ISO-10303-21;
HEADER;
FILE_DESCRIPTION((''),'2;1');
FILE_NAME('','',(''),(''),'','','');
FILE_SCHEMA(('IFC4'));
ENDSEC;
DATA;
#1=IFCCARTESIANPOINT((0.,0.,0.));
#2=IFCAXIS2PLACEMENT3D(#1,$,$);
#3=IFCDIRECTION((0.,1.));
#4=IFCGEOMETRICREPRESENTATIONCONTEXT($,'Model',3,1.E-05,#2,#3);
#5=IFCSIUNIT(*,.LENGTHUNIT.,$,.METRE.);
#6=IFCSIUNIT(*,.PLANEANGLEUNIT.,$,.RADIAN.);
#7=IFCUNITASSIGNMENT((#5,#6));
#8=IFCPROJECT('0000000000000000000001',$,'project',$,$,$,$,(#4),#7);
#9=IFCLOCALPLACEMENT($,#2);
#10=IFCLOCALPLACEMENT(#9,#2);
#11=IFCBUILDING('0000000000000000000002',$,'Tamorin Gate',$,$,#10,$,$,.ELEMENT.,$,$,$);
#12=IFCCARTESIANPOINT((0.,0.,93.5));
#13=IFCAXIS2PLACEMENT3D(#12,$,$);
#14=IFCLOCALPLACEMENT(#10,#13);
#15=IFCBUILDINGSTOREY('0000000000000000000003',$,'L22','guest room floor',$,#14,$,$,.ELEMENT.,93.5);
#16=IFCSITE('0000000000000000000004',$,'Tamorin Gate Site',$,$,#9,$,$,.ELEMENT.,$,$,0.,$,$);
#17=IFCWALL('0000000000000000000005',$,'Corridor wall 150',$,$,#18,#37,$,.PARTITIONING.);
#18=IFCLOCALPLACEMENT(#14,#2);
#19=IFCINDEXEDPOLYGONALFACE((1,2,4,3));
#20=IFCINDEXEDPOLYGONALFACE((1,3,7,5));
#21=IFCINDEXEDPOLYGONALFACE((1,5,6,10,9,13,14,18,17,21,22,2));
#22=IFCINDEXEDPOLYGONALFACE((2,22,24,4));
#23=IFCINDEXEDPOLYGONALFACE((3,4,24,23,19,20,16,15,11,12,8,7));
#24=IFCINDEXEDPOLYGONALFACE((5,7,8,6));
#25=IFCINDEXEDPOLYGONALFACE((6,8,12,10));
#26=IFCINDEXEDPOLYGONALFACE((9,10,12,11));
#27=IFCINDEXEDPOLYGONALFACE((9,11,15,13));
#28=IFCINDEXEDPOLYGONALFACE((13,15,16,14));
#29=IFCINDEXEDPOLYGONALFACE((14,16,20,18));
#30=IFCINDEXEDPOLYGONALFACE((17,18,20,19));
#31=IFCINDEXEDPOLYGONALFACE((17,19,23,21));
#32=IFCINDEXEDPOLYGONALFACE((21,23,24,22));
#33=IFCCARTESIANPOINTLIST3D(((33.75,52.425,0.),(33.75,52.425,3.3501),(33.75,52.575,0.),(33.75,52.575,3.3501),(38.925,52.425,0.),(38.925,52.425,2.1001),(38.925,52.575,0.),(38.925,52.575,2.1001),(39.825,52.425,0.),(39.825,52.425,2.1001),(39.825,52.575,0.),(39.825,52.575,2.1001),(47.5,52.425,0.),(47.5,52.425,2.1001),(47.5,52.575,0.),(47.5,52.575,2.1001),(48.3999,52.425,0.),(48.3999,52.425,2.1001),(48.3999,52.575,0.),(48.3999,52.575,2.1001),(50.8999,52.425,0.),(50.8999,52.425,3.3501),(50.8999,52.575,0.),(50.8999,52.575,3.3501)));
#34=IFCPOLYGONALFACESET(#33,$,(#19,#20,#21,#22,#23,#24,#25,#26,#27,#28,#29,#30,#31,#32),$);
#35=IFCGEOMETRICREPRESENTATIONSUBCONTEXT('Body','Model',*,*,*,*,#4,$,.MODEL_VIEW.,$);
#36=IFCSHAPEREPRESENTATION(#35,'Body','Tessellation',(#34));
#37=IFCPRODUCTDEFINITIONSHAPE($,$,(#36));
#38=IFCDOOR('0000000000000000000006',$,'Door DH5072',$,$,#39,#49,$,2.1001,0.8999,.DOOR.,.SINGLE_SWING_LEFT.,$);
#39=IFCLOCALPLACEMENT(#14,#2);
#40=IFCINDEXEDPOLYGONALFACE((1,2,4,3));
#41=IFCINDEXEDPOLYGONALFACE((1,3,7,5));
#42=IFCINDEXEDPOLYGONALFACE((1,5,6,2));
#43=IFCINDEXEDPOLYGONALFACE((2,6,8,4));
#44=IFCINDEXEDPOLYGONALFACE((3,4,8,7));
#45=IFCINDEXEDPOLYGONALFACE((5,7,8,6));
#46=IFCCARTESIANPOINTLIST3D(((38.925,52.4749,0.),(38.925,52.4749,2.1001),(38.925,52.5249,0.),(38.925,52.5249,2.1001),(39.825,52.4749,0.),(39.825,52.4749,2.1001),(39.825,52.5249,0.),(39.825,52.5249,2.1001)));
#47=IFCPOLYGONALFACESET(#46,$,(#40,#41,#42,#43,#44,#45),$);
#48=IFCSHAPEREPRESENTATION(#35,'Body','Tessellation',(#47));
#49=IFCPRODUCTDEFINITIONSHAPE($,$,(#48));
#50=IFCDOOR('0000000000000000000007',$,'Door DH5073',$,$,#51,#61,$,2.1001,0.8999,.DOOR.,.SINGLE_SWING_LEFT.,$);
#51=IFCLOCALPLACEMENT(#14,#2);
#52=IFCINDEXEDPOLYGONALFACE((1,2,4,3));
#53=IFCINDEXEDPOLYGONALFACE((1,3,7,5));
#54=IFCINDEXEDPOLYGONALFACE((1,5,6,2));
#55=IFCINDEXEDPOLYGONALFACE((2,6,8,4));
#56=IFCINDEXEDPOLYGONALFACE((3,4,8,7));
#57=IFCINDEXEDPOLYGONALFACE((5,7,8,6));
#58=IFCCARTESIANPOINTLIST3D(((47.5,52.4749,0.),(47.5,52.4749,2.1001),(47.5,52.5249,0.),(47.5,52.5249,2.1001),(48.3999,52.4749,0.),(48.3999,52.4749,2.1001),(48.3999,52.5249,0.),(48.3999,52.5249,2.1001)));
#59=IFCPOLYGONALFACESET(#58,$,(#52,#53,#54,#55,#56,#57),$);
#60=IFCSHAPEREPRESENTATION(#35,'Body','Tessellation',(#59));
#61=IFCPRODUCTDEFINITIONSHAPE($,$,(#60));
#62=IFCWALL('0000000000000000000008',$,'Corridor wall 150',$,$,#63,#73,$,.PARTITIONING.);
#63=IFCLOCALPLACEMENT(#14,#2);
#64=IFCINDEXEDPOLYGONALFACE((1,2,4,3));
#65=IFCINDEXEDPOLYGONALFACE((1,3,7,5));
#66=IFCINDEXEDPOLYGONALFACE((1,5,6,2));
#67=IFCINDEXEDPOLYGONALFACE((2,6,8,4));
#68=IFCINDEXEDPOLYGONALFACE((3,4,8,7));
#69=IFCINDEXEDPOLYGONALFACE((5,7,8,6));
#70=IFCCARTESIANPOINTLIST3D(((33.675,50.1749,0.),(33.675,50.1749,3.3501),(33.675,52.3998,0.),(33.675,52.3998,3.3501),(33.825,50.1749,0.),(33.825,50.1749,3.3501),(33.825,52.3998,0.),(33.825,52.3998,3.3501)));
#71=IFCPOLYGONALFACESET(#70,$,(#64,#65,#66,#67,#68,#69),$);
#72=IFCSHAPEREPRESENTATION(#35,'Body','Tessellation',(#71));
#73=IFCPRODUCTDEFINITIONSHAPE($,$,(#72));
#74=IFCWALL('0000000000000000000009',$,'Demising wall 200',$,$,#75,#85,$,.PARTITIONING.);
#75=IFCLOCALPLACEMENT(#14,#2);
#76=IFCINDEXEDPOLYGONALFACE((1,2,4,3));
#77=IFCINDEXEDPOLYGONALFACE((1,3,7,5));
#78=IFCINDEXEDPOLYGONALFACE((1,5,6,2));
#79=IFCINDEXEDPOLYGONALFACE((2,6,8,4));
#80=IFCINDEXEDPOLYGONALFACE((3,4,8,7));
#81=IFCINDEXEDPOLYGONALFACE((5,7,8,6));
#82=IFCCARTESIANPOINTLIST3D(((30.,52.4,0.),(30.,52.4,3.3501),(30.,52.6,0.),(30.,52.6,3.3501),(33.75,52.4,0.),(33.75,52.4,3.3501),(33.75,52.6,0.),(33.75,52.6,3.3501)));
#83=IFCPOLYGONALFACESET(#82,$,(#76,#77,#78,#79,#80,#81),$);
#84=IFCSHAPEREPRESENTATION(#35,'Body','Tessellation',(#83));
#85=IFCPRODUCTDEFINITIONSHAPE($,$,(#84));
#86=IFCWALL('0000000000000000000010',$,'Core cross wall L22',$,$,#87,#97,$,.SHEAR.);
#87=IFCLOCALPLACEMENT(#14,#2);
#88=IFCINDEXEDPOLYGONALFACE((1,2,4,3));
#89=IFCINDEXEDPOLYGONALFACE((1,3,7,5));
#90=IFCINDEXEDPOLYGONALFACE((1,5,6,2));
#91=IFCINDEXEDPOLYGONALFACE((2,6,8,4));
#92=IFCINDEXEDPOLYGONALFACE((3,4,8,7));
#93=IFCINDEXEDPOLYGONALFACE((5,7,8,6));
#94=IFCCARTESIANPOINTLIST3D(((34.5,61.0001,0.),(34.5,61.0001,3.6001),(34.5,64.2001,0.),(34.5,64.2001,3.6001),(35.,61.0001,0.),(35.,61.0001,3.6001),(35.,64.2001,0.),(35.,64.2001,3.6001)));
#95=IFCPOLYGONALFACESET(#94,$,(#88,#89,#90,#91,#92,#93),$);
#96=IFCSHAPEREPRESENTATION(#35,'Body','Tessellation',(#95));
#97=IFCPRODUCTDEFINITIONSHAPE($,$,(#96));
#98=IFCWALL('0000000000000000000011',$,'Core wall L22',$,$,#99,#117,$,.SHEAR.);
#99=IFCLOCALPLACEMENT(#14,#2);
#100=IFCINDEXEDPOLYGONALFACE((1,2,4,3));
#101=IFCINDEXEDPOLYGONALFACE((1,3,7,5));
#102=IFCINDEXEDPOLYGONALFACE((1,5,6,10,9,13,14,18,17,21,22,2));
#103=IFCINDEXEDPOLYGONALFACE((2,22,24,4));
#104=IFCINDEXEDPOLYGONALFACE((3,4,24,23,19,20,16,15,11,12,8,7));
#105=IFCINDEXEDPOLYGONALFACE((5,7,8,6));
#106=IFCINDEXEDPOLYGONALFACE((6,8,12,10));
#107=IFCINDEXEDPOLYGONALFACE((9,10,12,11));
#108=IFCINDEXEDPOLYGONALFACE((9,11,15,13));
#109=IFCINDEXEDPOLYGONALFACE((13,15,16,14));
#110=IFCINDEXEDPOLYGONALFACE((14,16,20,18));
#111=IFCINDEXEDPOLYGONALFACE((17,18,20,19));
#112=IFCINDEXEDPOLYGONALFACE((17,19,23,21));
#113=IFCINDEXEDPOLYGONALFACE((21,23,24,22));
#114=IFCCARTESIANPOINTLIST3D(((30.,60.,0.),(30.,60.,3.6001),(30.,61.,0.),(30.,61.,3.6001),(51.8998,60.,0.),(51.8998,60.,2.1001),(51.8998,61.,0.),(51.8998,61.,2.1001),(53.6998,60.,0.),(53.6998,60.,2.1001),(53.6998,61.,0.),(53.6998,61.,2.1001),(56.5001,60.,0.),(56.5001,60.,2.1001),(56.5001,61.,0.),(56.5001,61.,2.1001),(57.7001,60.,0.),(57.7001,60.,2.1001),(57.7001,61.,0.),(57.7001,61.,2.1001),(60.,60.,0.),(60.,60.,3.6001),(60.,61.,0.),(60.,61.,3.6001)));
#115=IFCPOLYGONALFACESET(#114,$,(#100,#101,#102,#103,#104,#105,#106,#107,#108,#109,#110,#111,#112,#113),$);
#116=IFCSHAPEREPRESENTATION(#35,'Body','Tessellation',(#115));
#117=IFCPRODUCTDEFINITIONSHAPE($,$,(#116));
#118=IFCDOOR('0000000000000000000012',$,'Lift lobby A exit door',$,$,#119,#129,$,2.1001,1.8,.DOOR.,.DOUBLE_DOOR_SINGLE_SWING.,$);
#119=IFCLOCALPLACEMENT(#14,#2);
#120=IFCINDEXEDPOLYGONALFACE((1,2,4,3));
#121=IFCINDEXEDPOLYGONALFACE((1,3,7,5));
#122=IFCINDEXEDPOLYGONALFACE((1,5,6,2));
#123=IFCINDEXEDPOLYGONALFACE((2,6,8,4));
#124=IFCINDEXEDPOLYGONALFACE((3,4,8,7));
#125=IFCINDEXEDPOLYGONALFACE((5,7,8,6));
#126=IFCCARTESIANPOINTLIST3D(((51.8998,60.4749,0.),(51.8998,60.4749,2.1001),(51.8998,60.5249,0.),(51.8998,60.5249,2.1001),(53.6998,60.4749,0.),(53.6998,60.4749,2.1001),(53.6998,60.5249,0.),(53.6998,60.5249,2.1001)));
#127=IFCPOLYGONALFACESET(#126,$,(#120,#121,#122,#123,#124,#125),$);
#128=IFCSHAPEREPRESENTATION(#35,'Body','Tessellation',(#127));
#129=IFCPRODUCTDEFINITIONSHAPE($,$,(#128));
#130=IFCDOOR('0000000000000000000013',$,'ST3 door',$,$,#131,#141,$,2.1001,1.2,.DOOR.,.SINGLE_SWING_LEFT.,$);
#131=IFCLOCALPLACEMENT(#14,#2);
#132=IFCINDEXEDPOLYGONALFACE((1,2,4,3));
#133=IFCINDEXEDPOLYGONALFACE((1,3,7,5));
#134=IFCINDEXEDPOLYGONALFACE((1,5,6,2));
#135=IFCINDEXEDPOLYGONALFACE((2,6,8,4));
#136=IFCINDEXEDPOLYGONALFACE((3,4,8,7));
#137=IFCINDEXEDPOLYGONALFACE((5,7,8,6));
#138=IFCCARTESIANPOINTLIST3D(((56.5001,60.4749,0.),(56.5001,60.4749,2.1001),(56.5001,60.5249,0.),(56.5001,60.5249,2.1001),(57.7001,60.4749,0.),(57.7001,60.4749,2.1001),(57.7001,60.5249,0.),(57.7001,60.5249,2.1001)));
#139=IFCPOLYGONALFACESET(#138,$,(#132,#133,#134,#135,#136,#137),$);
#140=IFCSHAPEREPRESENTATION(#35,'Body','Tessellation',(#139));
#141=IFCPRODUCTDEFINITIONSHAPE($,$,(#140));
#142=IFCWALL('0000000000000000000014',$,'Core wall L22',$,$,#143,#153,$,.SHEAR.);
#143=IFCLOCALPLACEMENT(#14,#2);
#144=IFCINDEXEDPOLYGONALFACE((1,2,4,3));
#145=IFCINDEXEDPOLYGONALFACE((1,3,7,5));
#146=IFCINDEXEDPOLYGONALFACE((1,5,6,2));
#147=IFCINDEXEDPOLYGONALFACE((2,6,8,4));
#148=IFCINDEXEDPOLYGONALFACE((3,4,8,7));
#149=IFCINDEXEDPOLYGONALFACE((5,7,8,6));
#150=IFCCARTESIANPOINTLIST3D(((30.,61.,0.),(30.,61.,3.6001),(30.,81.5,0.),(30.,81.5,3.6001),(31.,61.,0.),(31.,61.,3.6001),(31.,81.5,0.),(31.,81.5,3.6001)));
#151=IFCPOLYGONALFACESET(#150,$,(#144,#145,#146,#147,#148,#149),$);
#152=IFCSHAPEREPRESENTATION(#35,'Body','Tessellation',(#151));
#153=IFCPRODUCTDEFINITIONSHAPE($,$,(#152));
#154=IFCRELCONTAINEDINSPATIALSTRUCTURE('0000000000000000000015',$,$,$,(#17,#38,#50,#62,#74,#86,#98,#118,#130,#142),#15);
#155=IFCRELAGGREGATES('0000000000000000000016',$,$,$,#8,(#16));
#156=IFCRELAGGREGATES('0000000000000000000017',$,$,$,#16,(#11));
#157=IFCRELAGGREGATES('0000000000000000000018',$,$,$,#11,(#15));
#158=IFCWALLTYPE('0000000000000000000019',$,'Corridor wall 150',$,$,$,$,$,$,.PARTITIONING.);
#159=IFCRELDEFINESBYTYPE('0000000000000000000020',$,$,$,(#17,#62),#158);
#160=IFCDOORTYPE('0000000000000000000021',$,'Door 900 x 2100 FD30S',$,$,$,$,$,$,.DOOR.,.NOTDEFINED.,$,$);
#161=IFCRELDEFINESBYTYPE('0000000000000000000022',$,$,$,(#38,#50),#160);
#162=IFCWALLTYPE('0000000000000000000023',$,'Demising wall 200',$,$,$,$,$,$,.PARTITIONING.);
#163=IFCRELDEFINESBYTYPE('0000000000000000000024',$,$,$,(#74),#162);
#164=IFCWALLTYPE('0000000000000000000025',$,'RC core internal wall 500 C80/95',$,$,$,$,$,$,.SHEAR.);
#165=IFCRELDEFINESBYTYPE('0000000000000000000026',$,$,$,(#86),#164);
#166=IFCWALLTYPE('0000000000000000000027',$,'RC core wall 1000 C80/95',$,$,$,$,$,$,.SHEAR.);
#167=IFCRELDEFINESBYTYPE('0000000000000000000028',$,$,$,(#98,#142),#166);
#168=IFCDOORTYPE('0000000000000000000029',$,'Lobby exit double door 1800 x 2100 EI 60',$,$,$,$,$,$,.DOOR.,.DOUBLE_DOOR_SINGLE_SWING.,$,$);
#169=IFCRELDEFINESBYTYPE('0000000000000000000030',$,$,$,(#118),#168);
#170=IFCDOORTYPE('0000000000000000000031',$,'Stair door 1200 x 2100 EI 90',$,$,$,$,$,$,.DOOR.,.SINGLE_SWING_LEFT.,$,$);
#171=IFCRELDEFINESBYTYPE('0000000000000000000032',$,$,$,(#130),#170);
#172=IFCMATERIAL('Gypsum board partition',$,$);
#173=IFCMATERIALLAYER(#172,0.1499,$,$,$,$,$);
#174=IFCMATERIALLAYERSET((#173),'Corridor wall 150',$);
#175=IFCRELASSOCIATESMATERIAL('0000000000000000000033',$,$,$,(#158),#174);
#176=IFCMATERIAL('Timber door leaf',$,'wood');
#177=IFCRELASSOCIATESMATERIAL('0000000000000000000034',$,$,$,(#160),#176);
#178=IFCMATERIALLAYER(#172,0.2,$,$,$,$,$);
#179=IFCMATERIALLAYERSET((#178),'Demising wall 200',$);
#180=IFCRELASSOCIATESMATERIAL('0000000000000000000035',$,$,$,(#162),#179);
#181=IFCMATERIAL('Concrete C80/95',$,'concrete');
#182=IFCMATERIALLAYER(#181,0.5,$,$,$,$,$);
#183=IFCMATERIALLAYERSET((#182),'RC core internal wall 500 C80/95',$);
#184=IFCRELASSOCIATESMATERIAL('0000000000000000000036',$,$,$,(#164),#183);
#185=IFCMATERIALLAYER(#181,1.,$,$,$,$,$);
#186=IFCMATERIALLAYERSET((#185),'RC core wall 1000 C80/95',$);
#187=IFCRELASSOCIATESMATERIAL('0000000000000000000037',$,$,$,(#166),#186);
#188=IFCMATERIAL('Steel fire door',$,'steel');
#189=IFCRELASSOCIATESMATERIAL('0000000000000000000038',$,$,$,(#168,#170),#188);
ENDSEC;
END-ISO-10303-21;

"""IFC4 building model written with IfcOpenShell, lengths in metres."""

from ifc_helpers import new_model, si_unit, direction, frame, frame_2d, origin, place, context, subcontext, project, spatial, rectangle, extrude, material, layer, layer_set, type_object, element, fill, save


model = new_model("IFC4")

# Units and contexts
model_context = context("Model", 3, precision=1e-05, world=origin(), true_north=direction((0.0, 1.0)))
body_context = subcontext(model_context, "Body", "Model", "MODEL_VIEW")
ifc_project = project(units=[si_unit("LENGTHUNIT", "METRE"), si_unit("PLANEANGLEUNIT", "RADIAN")], contexts=[model_context])

# Site, building, storey
site_placement = place(None, origin())
site = spatial("IfcSite", under=ifc_project, at=site_placement, Name="Tamorin Gate Site", CompositionType="ELEMENT", RefElevation=0.0)
building_placement = place(site_placement, origin())
building = spatial("IfcBuilding", under=site, at=building_placement, Name="Tamorin Gate", CompositionType="ELEMENT")
storey_placement = place(building_placement, frame((0.0, 0.0, 93.5)))
storey = spatial("IfcBuildingStorey", under=building, at=storey_placement, Name="L22", Description="guest room floor", CompositionType="ELEMENT", Elevation=93.5)

# Shared definitions
ifc_material_1 = material(Name="Concrete C80/95", Category="concrete")

# Wall, openings, doors
ifc_material_2 = material(Name="Gypsum board partition")
ifc_layer_1 = layer(ifc_material_2, 0.1499)
ifc_layer_set_1 = layer_set([ifc_layer_1], Name="Corridor wall 150")
wall_type_1 = type_object("IfcWallType", Name="Corridor wall 150", PredefinedType="PARTITIONING", material=ifc_layer_set_1)
ifc_material_3 = material(Name="Timber door leaf", Category="wood")
door_type_1 = type_object("IfcDoorType", Name="Door 900 x 2100 FD30S", OperationType="NOTDEFINED", PredefinedType="DOOR", material=ifc_material_3)
wall_1_placement = place(storey_placement, frame((33.75, 52.5, 0.0), z_axis=(0.0, 0.0, 1.0), x_axis=(1.0, 0.0, 0.0)))
wall_1 = element("IfcWall", 1, at=wall_1_placement, inside=storey, type_object=wall_type_1, Name="Corridor wall 150", PredefinedType="PARTITIONING", context=body_context, shape_type="SweptSolid", body=[
    extrude(rectangle(XDim=17.1499, YDim=0.1499, at=frame_2d((8.575, 0.0))), origin(), (0.0, 0.0, 1.0), 3.3501),
])
opening_1_placement = place(wall_1_placement, frame((5.175, 0.0, 0.0)))
opening_1 = element("IfcOpeningElement", 2, at=opening_1_placement, cuts=wall_1, PredefinedType="OPENING", context=body_context, shape_type="SweptSolid", body=[
    extrude(rectangle(XDim=0.8999, YDim=2.1001, at=frame_2d((0.45, 1.05))), frame((0.0, 0.085, 0.0), z_axis=(0.0, -1.0, 0.0), x_axis=(1.0, 0.0, 0.0)), (0.0, 0.0, 1.0), 0.1699),
])
opening_2_placement = place(wall_1_placement, frame((13.75, 0.0, 0.0)))
opening_2 = element("IfcOpeningElement", 3, at=opening_2_placement, cuts=wall_1, PredefinedType="OPENING", context=body_context, shape_type="SweptSolid", body=[
    extrude(rectangle(XDim=0.8999, YDim=2.1001, at=frame_2d((0.45, 1.05))), frame((0.0, 0.085, 0.0), z_axis=(0.0, -1.0, 0.0), x_axis=(1.0, 0.0, 0.0)), (0.0, 0.0, 1.0), 0.1699),
])
door_1_placement = place(opening_1_placement, origin())
door_1 = element("IfcDoor", 4, at=door_1_placement, inside=storey, type_object=door_type_1, Name="Door DH5072", OperationType="SINGLE_SWING_LEFT", OverallHeight=2.1001, OverallWidth=0.8999, PredefinedType="DOOR", context=body_context, shape_type="SweptSolid", body=[
    extrude(rectangle(XDim=0.8999, YDim=2.1001, at=frame_2d((0.45, 1.05))), frame((0.0, 0.0249, 0.0), z_axis=(0.0, -1.0, 0.0), x_axis=(1.0, 0.0, 0.0)), (0.0, 0.0, 1.0), 0.05),
])
fill(opening_1, door_1)
door_2_placement = place(opening_2_placement, origin())
door_2 = element("IfcDoor", 5, at=door_2_placement, inside=storey, type_object=door_type_1, Name="Door DH5073", OperationType="SINGLE_SWING_LEFT", OverallHeight=2.1001, OverallWidth=0.8999, PredefinedType="DOOR", context=body_context, shape_type="SweptSolid", body=[
    extrude(rectangle(XDim=0.8999, YDim=2.1001, at=frame_2d((0.45, 1.05))), frame((0.0, 0.0249, 0.0), z_axis=(0.0, -1.0, 0.0), x_axis=(1.0, 0.0, 0.0)), (0.0, 0.0, 1.0), 0.05),
])
fill(opening_2, door_2)

# Walls
wall_2_placement = place(storey_placement, frame((33.75, 50.175, 0.0), z_axis=(0.0, 0.0, 1.0), x_axis=(0.0, 1.0, 0.0)))
element("IfcWall", 6, at=wall_2_placement, inside=storey, type_object=wall_type_1, Name="Corridor wall 150", PredefinedType="PARTITIONING", context=body_context, shape_type="SweptSolid", body=[
    extrude(rectangle(XDim=2.2249, YDim=0.1499, at=frame_2d((1.1123, 0.0))), origin(), (0.0, 0.0, 1.0), 3.3501),
])
ifc_layer_2 = layer(ifc_material_2, 0.2)
ifc_layer_set_2 = layer_set([ifc_layer_2], Name="Demising wall 200")
wall_type_2 = type_object("IfcWallType", Name="Demising wall 200", PredefinedType="PARTITIONING", material=ifc_layer_set_2)
wall_3_placement = place(storey_placement, frame((30.0, 52.5, 0.0), z_axis=(0.0, 0.0, 1.0), x_axis=(1.0, 0.0, 0.0)))
element("IfcWall", 7, at=wall_3_placement, inside=storey, type_object=wall_type_2, Name="Demising wall 200", PredefinedType="PARTITIONING", context=body_context, shape_type="SweptSolid", body=[
    extrude(rectangle(XDim=3.75, YDim=0.2, at=frame_2d((1.875, 0.0))), origin(), (0.0, 0.0, 1.0), 3.3501),
])
ifc_layer_3 = layer(ifc_material_1, 0.5)
ifc_layer_set_3 = layer_set([ifc_layer_3], Name="RC core internal wall 500 C80/95")
wall_type_3 = type_object("IfcWallType", Name="RC core internal wall 500 C80/95", PredefinedType="SHEAR", material=ifc_layer_set_3)
wall_4_placement = place(storey_placement, frame((34.75, 61.0, 0.0), z_axis=(0.0, 0.0, 1.0), x_axis=(0.0, 1.0, 0.0)))
element("IfcWall", 8, at=wall_4_placement, inside=storey, type_object=wall_type_3, Name="Core cross wall L22", PredefinedType="SHEAR", context=body_context, shape_type="SweptSolid", body=[
    extrude(rectangle(XDim=3.2, YDim=0.5, at=frame_2d((1.6001, 0.0))), origin(), (0.0, 0.0, 1.0), 3.6001),
])

# Wall, openings, doors
ifc_layer_4 = layer(ifc_material_1, 1.0)
ifc_layer_set_4 = layer_set([ifc_layer_4], Name="RC core wall 1000 C80/95")
wall_type_4 = type_object("IfcWallType", Name="RC core wall 1000 C80/95", PredefinedType="SHEAR", material=ifc_layer_set_4)
wall_5_placement = place(storey_placement, frame((30.0, 60.5, 0.0), z_axis=(0.0, 0.0, 1.0), x_axis=(1.0, 0.0, 0.0)))
wall_5 = element("IfcWall", 9, at=wall_5_placement, inside=storey, type_object=wall_type_4, Name="Core wall L22", PredefinedType="SHEAR", context=body_context, shape_type="SweptSolid", body=[
    extrude(rectangle(XDim=30.0, YDim=1.0, at=frame_2d((15.0, 0.0))), origin(), (0.0, 0.0, 1.0), 3.6001),
])
opening_3_placement = place(wall_5_placement, frame((21.8999, 0.0, 0.0)))
opening_3 = element("IfcOpeningElement", 10, at=opening_3_placement, cuts=wall_5, PredefinedType="OPENING", context=body_context, shape_type="SweptSolid", body=[
    extrude(rectangle(XDim=1.8, YDim=2.1001, at=frame_2d((0.8999, 1.05))), frame((0.0, 0.51, 0.0), z_axis=(0.0, -1.0, 0.0), x_axis=(1.0, 0.0, 0.0)), (0.0, 0.0, 1.0), 1.02),
])
opening_4_placement = place(wall_5_placement, frame((26.5, 0.0, 0.0)))
opening_4 = element("IfcOpeningElement", 11, at=opening_4_placement, cuts=wall_5, PredefinedType="OPENING", context=body_context, shape_type="SweptSolid", body=[
    extrude(rectangle(XDim=1.2, YDim=2.1001, at=frame_2d((0.6001, 1.05))), frame((0.0, 0.51, 0.0), z_axis=(0.0, -1.0, 0.0), x_axis=(1.0, 0.0, 0.0)), (0.0, 0.0, 1.0), 1.02),
])
ifc_material_4 = material(Name="Steel fire door", Category="steel")
door_type_2 = type_object("IfcDoorType", Name="Lobby exit double door 1800 x 2100 EI 60", OperationType="DOUBLE_DOOR_SINGLE_SWING", PredefinedType="DOOR", material=ifc_material_4)
door_3_placement = place(opening_3_placement, origin())
door_3 = element("IfcDoor", 12, at=door_3_placement, inside=storey, type_object=door_type_2, Name="Lift lobby A exit door", OperationType="DOUBLE_DOOR_SINGLE_SWING", OverallHeight=2.1001, OverallWidth=1.8, PredefinedType="DOOR", context=body_context, shape_type="SweptSolid", body=[
    extrude(rectangle(XDim=1.8, YDim=2.1001, at=frame_2d((0.8999, 1.05))), frame((0.0, 0.0249, 0.0), z_axis=(0.0, -1.0, 0.0), x_axis=(1.0, 0.0, 0.0)), (0.0, 0.0, 1.0), 0.05),
])
fill(opening_3, door_3)
door_type_3 = type_object("IfcDoorType", Name="Stair door 1200 x 2100 EI 90", OperationType="SINGLE_SWING_LEFT", PredefinedType="DOOR", material=ifc_material_4)
door_4_placement = place(opening_4_placement, origin())
door_4 = element("IfcDoor", 13, at=door_4_placement, inside=storey, type_object=door_type_3, Name="ST3 door", OperationType="SINGLE_SWING_LEFT", OverallHeight=2.1001, OverallWidth=1.2, PredefinedType="DOOR", context=body_context, shape_type="SweptSolid", body=[
    extrude(rectangle(XDim=1.2, YDim=2.1001, at=frame_2d((0.6001, 1.05))), frame((0.0, 0.0249, 0.0), z_axis=(0.0, -1.0, 0.0), x_axis=(1.0, 0.0, 0.0)), (0.0, 0.0, 1.0), 0.05),
])
fill(opening_4, door_4)

# Wall
wall_6_placement = place(storey_placement, frame((30.5, 61.0, 0.0), z_axis=(0.0, 0.0, 1.0), x_axis=(0.0, 1.0, 0.0)))
element("IfcWall", 14, at=wall_6_placement, inside=storey, type_object=wall_type_4, Name="Core wall L22", PredefinedType="SHEAR", context=body_context, shape_type="SweptSolid", body=[
    extrude(rectangle(XDim=20.5, YDim=1.0, at=frame_2d((10.25, 0.0))), origin(), (0.0, 0.0, 1.0), 3.6001),
])

save(model, "model.ifc")
